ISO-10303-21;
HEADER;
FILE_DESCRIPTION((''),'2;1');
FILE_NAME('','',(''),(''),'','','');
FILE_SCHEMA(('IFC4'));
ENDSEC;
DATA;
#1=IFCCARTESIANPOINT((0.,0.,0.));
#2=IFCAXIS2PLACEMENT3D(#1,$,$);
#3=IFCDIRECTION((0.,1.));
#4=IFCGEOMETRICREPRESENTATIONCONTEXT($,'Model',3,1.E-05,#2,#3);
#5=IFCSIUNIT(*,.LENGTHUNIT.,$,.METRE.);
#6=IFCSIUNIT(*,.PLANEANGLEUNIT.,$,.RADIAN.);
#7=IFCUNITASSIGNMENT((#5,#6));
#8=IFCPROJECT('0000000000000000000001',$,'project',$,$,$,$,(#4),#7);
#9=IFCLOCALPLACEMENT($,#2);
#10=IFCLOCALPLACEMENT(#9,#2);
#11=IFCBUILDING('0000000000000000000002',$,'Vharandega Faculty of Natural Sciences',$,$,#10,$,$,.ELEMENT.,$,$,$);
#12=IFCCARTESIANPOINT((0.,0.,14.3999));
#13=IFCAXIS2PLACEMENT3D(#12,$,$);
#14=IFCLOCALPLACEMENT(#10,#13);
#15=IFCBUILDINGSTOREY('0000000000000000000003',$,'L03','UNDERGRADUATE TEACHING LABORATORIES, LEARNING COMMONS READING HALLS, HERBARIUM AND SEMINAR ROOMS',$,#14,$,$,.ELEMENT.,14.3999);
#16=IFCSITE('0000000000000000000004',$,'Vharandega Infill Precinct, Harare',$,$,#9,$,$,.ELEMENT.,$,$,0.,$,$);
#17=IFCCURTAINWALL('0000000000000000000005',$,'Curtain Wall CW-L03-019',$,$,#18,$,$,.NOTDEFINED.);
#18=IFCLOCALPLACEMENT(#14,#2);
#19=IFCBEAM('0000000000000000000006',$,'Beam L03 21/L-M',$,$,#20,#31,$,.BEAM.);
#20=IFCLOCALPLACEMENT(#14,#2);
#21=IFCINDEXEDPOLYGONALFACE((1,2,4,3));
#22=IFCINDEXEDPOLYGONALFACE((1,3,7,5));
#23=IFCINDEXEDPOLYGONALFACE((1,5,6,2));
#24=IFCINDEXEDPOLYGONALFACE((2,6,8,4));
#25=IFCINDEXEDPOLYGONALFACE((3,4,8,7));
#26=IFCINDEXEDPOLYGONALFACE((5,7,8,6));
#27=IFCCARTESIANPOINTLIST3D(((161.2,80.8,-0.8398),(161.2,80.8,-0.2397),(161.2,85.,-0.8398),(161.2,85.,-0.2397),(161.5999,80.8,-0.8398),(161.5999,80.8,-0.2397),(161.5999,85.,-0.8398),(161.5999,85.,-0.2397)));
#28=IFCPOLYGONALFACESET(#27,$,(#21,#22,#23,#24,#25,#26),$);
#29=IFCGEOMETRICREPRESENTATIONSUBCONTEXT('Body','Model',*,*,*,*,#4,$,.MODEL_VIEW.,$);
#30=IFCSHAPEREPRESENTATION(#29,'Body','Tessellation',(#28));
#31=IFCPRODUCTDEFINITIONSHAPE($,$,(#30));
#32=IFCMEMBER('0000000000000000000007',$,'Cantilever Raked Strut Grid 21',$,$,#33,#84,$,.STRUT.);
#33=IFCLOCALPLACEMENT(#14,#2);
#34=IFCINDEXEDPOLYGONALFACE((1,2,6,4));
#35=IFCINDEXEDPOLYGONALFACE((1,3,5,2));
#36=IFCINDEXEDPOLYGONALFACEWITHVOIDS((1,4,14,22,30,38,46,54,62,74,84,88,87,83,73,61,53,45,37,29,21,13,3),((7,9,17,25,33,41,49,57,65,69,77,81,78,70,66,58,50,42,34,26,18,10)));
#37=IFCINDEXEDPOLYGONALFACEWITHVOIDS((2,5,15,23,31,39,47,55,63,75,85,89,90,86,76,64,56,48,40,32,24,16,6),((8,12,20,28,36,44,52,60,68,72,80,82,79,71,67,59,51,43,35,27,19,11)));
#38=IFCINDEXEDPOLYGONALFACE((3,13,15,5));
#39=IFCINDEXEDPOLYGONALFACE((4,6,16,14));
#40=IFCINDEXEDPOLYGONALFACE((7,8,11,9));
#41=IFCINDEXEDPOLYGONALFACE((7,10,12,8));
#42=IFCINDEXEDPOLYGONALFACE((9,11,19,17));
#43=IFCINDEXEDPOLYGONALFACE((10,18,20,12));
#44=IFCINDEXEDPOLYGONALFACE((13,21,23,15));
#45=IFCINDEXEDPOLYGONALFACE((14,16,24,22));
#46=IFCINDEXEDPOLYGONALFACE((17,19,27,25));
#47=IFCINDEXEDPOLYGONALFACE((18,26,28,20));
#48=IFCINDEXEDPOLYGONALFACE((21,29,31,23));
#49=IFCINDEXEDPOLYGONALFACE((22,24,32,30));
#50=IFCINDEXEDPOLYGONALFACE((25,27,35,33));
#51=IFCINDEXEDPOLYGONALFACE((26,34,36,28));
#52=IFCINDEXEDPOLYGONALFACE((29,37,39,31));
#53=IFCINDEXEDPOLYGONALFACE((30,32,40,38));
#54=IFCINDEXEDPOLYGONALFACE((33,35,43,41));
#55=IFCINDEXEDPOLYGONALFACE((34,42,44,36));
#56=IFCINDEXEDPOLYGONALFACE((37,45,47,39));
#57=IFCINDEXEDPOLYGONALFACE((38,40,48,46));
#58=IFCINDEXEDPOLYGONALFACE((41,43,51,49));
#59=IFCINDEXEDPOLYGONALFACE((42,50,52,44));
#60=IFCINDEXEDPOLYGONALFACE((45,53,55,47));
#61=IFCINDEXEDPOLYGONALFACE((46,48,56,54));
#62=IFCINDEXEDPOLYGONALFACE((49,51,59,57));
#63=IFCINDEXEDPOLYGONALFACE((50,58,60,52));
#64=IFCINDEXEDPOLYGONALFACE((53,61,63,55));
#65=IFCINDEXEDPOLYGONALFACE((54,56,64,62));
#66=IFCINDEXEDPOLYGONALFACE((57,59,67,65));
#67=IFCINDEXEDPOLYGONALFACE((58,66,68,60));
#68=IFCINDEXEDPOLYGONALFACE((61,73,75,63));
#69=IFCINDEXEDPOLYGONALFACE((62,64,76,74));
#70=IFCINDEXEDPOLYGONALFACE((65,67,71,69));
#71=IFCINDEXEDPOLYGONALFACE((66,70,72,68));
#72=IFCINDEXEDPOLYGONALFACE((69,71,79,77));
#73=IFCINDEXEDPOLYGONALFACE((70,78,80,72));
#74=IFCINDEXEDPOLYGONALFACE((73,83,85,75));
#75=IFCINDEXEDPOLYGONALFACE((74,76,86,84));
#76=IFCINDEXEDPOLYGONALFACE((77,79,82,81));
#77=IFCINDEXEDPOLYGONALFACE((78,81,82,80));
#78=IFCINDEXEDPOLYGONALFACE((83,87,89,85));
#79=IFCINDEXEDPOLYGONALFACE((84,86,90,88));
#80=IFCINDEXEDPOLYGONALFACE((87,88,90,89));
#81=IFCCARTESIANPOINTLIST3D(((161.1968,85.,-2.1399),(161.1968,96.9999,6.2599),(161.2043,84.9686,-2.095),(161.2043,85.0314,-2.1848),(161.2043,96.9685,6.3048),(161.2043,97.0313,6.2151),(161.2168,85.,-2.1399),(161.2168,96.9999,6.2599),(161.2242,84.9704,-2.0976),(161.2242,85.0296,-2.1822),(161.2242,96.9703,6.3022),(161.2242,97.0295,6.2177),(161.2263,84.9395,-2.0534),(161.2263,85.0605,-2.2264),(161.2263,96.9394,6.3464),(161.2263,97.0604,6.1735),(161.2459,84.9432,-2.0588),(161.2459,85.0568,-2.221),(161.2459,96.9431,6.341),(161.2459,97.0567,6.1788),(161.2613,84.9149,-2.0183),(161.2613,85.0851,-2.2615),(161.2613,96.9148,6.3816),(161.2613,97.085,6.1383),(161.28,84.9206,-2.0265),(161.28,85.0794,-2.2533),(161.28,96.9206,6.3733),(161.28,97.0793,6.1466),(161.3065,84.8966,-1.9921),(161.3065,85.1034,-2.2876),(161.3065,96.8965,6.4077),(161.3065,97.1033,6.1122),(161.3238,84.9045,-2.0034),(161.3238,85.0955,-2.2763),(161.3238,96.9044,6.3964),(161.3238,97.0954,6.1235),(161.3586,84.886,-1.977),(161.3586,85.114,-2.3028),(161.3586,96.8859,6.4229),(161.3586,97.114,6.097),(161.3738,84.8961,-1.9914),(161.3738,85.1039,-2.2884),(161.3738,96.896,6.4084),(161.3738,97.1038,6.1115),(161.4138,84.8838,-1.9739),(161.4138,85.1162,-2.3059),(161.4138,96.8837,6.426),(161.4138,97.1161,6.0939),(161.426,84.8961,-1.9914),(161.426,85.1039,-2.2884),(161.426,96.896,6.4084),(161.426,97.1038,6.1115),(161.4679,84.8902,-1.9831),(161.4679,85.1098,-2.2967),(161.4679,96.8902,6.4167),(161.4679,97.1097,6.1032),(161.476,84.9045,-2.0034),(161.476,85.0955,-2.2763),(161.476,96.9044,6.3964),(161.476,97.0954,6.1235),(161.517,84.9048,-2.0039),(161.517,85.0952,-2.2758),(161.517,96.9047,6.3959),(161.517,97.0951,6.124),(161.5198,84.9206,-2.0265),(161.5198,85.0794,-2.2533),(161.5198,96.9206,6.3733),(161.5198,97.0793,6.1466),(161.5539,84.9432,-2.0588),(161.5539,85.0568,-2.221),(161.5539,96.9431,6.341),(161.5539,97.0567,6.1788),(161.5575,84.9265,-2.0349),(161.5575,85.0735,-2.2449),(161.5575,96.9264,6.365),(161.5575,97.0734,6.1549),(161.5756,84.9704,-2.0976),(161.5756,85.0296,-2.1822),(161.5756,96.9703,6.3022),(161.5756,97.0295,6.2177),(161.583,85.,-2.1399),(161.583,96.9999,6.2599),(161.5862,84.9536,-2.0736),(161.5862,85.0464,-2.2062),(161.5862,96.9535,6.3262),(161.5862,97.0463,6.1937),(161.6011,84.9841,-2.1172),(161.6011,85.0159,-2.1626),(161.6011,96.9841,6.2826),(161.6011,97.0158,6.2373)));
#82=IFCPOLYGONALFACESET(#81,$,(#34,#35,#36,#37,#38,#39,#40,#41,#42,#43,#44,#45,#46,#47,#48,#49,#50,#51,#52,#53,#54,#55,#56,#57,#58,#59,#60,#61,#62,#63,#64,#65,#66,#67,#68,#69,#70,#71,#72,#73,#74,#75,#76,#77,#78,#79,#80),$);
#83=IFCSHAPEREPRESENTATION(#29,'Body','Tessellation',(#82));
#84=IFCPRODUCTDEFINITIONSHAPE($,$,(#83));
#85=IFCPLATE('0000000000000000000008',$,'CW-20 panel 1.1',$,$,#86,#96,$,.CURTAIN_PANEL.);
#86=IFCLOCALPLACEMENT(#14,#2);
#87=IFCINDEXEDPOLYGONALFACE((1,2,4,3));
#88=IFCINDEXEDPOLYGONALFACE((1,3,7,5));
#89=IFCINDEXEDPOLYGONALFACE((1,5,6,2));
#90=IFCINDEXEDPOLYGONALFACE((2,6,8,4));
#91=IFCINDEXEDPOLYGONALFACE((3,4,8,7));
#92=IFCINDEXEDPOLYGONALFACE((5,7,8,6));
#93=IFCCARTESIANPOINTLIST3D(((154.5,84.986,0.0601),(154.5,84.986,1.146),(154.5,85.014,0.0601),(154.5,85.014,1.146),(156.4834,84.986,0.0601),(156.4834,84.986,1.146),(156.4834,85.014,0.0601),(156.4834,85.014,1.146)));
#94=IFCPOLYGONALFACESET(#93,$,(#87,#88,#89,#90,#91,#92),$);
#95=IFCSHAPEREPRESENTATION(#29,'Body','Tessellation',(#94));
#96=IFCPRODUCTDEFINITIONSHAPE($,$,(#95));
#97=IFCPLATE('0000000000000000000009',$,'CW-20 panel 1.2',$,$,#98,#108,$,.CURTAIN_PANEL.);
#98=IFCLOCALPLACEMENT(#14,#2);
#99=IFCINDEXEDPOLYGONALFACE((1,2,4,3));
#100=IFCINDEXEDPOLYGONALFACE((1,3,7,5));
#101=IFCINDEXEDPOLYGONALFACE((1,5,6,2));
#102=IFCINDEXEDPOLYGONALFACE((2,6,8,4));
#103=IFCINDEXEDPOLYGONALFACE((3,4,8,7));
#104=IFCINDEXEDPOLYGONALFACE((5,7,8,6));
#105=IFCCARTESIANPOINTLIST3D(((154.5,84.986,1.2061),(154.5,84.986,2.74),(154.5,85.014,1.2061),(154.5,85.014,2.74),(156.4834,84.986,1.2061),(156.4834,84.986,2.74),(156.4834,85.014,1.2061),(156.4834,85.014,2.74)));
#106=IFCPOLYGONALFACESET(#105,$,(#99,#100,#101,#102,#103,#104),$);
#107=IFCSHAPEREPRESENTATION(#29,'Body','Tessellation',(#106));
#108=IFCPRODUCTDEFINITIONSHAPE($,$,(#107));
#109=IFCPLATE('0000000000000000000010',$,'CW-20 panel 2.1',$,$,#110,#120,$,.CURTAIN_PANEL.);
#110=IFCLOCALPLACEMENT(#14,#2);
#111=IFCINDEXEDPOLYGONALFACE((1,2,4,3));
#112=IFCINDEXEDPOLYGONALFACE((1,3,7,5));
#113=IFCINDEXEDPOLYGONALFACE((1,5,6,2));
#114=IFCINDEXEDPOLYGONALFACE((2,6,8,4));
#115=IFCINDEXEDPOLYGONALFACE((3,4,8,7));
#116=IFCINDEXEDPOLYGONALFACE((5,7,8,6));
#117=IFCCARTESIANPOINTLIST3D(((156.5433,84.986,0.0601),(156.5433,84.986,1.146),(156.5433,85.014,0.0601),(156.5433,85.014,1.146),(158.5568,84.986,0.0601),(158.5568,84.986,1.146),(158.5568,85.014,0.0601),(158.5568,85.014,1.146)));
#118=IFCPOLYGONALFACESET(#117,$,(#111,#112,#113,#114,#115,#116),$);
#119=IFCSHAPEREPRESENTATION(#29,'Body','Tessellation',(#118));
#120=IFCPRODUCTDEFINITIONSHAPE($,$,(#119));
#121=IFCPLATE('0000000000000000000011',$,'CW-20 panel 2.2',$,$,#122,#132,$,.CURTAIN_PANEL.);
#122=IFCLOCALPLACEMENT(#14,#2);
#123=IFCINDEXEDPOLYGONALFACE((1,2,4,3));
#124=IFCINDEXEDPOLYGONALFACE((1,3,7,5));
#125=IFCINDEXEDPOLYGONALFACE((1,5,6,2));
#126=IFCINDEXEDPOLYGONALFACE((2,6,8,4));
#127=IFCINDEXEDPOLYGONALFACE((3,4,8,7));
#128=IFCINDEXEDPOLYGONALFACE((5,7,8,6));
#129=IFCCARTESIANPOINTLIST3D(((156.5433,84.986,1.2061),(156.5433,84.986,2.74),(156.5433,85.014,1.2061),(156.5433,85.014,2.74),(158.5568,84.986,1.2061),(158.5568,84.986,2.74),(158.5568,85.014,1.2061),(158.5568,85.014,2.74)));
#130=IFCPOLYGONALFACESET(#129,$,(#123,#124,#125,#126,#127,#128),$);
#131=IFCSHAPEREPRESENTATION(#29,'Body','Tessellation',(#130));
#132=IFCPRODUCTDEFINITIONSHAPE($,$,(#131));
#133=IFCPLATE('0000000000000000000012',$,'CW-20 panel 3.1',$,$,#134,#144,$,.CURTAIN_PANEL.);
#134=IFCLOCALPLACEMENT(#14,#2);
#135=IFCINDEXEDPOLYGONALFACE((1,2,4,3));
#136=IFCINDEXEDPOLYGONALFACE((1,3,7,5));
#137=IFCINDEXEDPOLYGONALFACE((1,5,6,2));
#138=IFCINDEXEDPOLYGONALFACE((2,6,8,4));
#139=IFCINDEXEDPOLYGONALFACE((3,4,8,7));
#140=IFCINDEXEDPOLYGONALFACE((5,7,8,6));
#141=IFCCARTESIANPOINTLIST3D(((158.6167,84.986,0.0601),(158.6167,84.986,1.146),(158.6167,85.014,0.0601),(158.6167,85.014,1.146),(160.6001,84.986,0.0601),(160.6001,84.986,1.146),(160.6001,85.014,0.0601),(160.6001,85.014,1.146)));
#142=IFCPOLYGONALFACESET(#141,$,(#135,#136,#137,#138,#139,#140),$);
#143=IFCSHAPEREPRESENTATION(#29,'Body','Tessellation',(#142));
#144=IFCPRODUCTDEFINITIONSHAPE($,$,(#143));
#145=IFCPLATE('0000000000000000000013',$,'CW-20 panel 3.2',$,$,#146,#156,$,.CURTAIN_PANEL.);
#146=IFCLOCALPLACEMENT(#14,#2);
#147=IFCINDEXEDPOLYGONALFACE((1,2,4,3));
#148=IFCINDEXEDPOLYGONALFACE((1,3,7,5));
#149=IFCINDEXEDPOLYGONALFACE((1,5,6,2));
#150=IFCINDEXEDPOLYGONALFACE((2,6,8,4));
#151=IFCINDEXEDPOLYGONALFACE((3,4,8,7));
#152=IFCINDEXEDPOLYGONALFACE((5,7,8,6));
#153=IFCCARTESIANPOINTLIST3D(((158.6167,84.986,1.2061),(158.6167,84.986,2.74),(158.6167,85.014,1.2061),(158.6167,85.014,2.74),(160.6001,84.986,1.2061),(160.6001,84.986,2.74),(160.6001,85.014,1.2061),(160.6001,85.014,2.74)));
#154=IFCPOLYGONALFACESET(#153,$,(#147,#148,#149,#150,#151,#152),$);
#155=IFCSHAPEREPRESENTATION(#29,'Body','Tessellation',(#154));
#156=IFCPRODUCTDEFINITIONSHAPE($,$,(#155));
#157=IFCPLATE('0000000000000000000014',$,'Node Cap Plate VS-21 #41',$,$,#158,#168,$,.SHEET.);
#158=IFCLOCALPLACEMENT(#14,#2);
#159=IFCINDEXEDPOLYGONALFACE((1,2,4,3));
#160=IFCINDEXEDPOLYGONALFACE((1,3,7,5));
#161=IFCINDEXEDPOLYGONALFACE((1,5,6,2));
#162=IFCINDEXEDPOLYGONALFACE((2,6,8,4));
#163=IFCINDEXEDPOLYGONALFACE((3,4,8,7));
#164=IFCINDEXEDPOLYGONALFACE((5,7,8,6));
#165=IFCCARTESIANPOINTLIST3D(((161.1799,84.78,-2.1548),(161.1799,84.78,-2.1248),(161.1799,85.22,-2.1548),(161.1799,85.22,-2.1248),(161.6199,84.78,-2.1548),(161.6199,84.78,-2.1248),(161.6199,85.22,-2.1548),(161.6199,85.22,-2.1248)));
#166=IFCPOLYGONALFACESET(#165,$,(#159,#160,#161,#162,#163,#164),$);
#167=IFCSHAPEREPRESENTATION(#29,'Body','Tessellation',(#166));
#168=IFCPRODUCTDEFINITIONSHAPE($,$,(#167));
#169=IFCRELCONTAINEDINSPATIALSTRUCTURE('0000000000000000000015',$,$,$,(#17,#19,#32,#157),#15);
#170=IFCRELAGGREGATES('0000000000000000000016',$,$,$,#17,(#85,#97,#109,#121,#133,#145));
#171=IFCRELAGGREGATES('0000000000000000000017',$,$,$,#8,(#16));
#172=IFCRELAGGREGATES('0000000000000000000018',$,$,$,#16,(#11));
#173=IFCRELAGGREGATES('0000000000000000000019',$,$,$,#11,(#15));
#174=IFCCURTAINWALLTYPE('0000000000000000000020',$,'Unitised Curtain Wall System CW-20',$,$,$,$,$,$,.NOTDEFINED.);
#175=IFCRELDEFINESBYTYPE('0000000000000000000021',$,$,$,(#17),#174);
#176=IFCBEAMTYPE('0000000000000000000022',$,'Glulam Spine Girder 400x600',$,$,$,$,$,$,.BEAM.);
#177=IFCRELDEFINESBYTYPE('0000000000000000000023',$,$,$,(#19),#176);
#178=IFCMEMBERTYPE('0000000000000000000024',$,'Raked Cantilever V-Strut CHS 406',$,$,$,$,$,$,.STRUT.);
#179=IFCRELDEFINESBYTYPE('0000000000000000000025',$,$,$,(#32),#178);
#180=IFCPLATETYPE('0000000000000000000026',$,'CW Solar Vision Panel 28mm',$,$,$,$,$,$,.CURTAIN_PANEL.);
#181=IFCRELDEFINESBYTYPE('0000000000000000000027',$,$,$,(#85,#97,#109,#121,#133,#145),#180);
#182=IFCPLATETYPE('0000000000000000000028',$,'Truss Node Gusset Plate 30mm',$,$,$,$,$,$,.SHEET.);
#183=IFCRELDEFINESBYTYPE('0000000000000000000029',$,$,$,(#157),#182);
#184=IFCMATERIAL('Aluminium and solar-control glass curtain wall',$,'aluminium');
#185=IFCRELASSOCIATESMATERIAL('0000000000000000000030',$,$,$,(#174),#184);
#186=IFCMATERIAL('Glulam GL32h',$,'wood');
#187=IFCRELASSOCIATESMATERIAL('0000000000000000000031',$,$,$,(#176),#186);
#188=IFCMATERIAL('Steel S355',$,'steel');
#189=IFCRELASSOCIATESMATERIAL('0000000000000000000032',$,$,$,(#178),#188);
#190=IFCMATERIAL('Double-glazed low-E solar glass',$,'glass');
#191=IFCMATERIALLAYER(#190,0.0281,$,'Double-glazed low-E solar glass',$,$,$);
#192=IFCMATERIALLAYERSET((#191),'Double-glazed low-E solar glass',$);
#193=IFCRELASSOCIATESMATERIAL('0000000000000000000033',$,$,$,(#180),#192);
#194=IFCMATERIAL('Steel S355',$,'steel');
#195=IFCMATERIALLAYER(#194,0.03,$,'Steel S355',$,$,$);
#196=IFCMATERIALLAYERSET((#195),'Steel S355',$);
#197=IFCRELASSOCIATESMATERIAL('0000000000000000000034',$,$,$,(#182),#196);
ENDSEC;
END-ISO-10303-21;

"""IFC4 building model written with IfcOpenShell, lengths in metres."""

from ifc_helpers import new_model, si_unit, direction, frame, origin, origin_2d, place, context, subcontext, project, spatial, rectangle, hollow_circle, extrude, material, layer, layer_set, material_profile, profile_set, type_object, element, aggregate, save


model = new_model("IFC4")

# Units and contexts
model_context = context("Model", 3, precision=1e-05, world=origin(), true_north=direction((0.0, 1.0)))
body_context = subcontext(model_context, "Body", "Model", "MODEL_VIEW")
ifc_project = project(units=[si_unit("LENGTHUNIT", "METRE"), si_unit("PLANEANGLEUNIT", "RADIAN")], contexts=[model_context])

# Site, building, storey
site_placement = place(None, origin())
site = spatial("IfcSite", under=ifc_project, at=site_placement, Name="Vharandega Infill Precinct, Harare", CompositionType="ELEMENT", RefElevation=0.0)
building_placement = place(site_placement, origin())
building = spatial("IfcBuilding", under=site, at=building_placement, Name="Vharandega Faculty of Natural Sciences", CompositionType="ELEMENT")
storey_placement = place(building_placement, frame((0.0, 0.0, 14.3999)))
storey = spatial("IfcBuildingStorey", under=building, at=storey_placement, Name="L03", Description="UNDERGRADUATE TEACHING LABORATORIES, LEARNING COMMONS READING HALLS, HERBARIUM AND SEMINAR ROOMS", CompositionType="ELEMENT", Elevation=14.3999)

# Curtain wall
ifc_material_1 = material(Name="Aluminium and solar-control glass curtain wall", Category="aluminium")
curtain_wall_type = type_object("IfcCurtainWallType", Name="Unitised Curtain Wall System CW-20", PredefinedType="NOTDEFINED", material=ifc_material_1)
curtain_wall_placement = place(storey_placement, origin())
curtain_wall = element("IfcCurtainWall", 1, at=curtain_wall_placement, inside=storey, type_object=curtain_wall_type, Name="Curtain Wall CW-L03-019", PredefinedType="NOTDEFINED")

# Beam
ifc_material_2 = material(Name="Glulam GL32h", Category="wood")
ifc_material_profile_1 = material_profile(ifc_material_2, rectangle(XDim=0.3999, YDim=0.6001, at=origin_2d()), Name="GL32h 400x600")
ifc_profile_set_1 = profile_set([ifc_material_profile_1], Name="Glulam GL32h")
beam_type = type_object("IfcBeamType", Name="Glulam Spine Girder 400x600", PredefinedType="BEAM", material=ifc_profile_set_1)
beam_placement = place(storey_placement, frame((161.3999, 80.8, -0.5398), z_axis=(0.0, 1.0, 0.0), x_axis=(-1.0, 0.0, 0.0)))
element("IfcBeam", 2, at=beam_placement, inside=storey, type_object=beam_type, Name="Beam L03 21/L-M", PredefinedType="BEAM", context=body_context, shape_type="SweptSolid", body=[
    extrude(rectangle(XDim=0.3999, YDim=0.6001, at=origin_2d()), origin(), (0.0, 0.0, 1.0), 4.2),
])

# Member
ifc_material_3 = material(Name="Steel S355", Category="steel")
ifc_material_profile_2 = material_profile(ifc_material_3, hollow_circle(Radius=0.2031, WallThickness=0.02, at=origin_2d()), Name="CHS 406.4x20")
ifc_profile_set_2 = profile_set([ifc_material_profile_2], Name="Steel S355")
member_type_1 = type_object("IfcMemberType", Name="Raked Cantilever V-Strut CHS 406", PredefinedType="STRUT", material=ifc_profile_set_2)
member_1_placement = place(storey_placement, frame((161.3999, 85.0, -2.1399), z_axis=(0.0, 0.819235, 0.573458), x_axis=(-1.0, 0.0, 0.0)))
element("IfcMember", 3, at=member_1_placement, inside=storey, type_object=member_type_1, Name="Cantilever Raked Strut Grid 21", PredefinedType="STRUT", context=body_context, shape_type="SweptSolid", body=[
    extrude(hollow_circle(Radius=0.2031, WallThickness=0.02, at=origin_2d()), origin(), (0.0, 0.0, 1.0), 14.6477),
])

# Plates
ifc_material_4 = material(Name="Double-glazed low-E solar glass", Category="glass")
ifc_layer_1 = layer(ifc_material_4, 0.0281, Name="Double-glazed low-E solar glass")
ifc_layer_set_1 = layer_set([ifc_layer_1], Name="Double-glazed low-E solar glass")
plate_type_1 = type_object("IfcPlateType", Name="CW Solar Vision Panel 28mm", PredefinedType="CURTAIN_PANEL", material=ifc_layer_set_1)
plate_1_placement = place(storey_placement, frame((155.4917, 85.0, 0.0601), z_axis=(0.0, 0.0, 1.0), x_axis=(1.0, 0.0, 0.0)))
plate_1 = element("IfcPlate", 4, at=plate_1_placement, type_object=plate_type_1, Name="CW-20 panel 1.1", PredefinedType="CURTAIN_PANEL", context=body_context, shape_type="SweptSolid", body=[
    extrude(rectangle(XDim=1.9834, YDim=0.0281, at=origin_2d()), origin(), (0.0, 0.0, 1.0), 1.0859),
])
plate_2_placement = place(storey_placement, frame((155.4917, 85.0, 1.2061), z_axis=(0.0, 0.0, 1.0), x_axis=(1.0, 0.0, 0.0)))
plate_2 = element("IfcPlate", 5, at=plate_2_placement, type_object=plate_type_1, Name="CW-20 panel 1.2", PredefinedType="CURTAIN_PANEL", context=body_context, shape_type="SweptSolid", body=[
    extrude(rectangle(XDim=1.9834, YDim=0.0281, at=origin_2d()), origin(), (0.0, 0.0, 1.0), 1.5339),
])
plate_3_placement = place(storey_placement, frame((157.55, 85.0, 0.0601), z_axis=(0.0, 0.0, 1.0), x_axis=(1.0, 0.0, 0.0)))
plate_3 = element("IfcPlate", 6, at=plate_3_placement, type_object=plate_type_1, Name="CW-20 panel 2.1", PredefinedType="CURTAIN_PANEL", context=body_context, shape_type="SweptSolid", body=[
    extrude(rectangle(XDim=2.0134, YDim=0.0281, at=origin_2d()), origin(), (0.0, 0.0, 1.0), 1.0859),
])
plate_4_placement = place(storey_placement, frame((157.55, 85.0, 1.2061), z_axis=(0.0, 0.0, 1.0), x_axis=(1.0, 0.0, 0.0)))
plate_4 = element("IfcPlate", 7, at=plate_4_placement, type_object=plate_type_1, Name="CW-20 panel 2.2", PredefinedType="CURTAIN_PANEL", context=body_context, shape_type="SweptSolid", body=[
    extrude(rectangle(XDim=2.0134, YDim=0.0281, at=origin_2d()), origin(), (0.0, 0.0, 1.0), 1.5339),
])
plate_5_placement = place(storey_placement, frame((159.6084, 85.0, 0.0601), z_axis=(0.0, 0.0, 1.0), x_axis=(1.0, 0.0, 0.0)))
plate_5 = element("IfcPlate", 8, at=plate_5_placement, type_object=plate_type_1, Name="CW-20 panel 3.1", PredefinedType="CURTAIN_PANEL", context=body_context, shape_type="SweptSolid", body=[
    extrude(rectangle(XDim=1.9834, YDim=0.0281, at=origin_2d()), origin(), (0.0, 0.0, 1.0), 1.0859),
])
plate_6_placement = place(storey_placement, frame((159.6084, 85.0, 1.2061), z_axis=(0.0, 0.0, 1.0), x_axis=(1.0, 0.0, 0.0)))
plate_6 = element("IfcPlate", 9, at=plate_6_placement, type_object=plate_type_1, Name="CW-20 panel 3.2", PredefinedType="CURTAIN_PANEL", context=body_context, shape_type="SweptSolid", body=[
    extrude(rectangle(XDim=1.9834, YDim=0.0281, at=origin_2d()), origin(), (0.0, 0.0, 1.0), 1.5339),
])
aggregate(curtain_wall, [plate_1, plate_2, plate_3, plate_4, plate_5, plate_6])
ifc_material_5 = material(Name="Steel S355", Category="steel")
ifc_layer_2 = layer(ifc_material_5, 0.03, Name="Steel S355")
ifc_layer_set_2 = layer_set([ifc_layer_2], Name="Steel S355")
plate_type_2 = type_object("IfcPlateType", Name="Truss Node Gusset Plate 30mm", PredefinedType="SHEET", material=ifc_layer_set_2)
plate_7_placement = place(storey_placement, frame((161.3999, 85.0, -2.1548), z_axis=(0.0, 0.0, 1.0), x_axis=(1.0, 0.0, 0.0)))
element("IfcPlate", 10, at=plate_7_placement, inside=storey, type_object=plate_type_2, Name="Node Cap Plate VS-21 #41", PredefinedType="SHEET", context=body_context, shape_type="SweptSolid", body=[
    extrude(rectangle(XDim=0.4399, YDim=0.4399, at=origin_2d()), origin(), (0.0, 0.0, 1.0), 0.03),
])

save(model, "model.ifc")
